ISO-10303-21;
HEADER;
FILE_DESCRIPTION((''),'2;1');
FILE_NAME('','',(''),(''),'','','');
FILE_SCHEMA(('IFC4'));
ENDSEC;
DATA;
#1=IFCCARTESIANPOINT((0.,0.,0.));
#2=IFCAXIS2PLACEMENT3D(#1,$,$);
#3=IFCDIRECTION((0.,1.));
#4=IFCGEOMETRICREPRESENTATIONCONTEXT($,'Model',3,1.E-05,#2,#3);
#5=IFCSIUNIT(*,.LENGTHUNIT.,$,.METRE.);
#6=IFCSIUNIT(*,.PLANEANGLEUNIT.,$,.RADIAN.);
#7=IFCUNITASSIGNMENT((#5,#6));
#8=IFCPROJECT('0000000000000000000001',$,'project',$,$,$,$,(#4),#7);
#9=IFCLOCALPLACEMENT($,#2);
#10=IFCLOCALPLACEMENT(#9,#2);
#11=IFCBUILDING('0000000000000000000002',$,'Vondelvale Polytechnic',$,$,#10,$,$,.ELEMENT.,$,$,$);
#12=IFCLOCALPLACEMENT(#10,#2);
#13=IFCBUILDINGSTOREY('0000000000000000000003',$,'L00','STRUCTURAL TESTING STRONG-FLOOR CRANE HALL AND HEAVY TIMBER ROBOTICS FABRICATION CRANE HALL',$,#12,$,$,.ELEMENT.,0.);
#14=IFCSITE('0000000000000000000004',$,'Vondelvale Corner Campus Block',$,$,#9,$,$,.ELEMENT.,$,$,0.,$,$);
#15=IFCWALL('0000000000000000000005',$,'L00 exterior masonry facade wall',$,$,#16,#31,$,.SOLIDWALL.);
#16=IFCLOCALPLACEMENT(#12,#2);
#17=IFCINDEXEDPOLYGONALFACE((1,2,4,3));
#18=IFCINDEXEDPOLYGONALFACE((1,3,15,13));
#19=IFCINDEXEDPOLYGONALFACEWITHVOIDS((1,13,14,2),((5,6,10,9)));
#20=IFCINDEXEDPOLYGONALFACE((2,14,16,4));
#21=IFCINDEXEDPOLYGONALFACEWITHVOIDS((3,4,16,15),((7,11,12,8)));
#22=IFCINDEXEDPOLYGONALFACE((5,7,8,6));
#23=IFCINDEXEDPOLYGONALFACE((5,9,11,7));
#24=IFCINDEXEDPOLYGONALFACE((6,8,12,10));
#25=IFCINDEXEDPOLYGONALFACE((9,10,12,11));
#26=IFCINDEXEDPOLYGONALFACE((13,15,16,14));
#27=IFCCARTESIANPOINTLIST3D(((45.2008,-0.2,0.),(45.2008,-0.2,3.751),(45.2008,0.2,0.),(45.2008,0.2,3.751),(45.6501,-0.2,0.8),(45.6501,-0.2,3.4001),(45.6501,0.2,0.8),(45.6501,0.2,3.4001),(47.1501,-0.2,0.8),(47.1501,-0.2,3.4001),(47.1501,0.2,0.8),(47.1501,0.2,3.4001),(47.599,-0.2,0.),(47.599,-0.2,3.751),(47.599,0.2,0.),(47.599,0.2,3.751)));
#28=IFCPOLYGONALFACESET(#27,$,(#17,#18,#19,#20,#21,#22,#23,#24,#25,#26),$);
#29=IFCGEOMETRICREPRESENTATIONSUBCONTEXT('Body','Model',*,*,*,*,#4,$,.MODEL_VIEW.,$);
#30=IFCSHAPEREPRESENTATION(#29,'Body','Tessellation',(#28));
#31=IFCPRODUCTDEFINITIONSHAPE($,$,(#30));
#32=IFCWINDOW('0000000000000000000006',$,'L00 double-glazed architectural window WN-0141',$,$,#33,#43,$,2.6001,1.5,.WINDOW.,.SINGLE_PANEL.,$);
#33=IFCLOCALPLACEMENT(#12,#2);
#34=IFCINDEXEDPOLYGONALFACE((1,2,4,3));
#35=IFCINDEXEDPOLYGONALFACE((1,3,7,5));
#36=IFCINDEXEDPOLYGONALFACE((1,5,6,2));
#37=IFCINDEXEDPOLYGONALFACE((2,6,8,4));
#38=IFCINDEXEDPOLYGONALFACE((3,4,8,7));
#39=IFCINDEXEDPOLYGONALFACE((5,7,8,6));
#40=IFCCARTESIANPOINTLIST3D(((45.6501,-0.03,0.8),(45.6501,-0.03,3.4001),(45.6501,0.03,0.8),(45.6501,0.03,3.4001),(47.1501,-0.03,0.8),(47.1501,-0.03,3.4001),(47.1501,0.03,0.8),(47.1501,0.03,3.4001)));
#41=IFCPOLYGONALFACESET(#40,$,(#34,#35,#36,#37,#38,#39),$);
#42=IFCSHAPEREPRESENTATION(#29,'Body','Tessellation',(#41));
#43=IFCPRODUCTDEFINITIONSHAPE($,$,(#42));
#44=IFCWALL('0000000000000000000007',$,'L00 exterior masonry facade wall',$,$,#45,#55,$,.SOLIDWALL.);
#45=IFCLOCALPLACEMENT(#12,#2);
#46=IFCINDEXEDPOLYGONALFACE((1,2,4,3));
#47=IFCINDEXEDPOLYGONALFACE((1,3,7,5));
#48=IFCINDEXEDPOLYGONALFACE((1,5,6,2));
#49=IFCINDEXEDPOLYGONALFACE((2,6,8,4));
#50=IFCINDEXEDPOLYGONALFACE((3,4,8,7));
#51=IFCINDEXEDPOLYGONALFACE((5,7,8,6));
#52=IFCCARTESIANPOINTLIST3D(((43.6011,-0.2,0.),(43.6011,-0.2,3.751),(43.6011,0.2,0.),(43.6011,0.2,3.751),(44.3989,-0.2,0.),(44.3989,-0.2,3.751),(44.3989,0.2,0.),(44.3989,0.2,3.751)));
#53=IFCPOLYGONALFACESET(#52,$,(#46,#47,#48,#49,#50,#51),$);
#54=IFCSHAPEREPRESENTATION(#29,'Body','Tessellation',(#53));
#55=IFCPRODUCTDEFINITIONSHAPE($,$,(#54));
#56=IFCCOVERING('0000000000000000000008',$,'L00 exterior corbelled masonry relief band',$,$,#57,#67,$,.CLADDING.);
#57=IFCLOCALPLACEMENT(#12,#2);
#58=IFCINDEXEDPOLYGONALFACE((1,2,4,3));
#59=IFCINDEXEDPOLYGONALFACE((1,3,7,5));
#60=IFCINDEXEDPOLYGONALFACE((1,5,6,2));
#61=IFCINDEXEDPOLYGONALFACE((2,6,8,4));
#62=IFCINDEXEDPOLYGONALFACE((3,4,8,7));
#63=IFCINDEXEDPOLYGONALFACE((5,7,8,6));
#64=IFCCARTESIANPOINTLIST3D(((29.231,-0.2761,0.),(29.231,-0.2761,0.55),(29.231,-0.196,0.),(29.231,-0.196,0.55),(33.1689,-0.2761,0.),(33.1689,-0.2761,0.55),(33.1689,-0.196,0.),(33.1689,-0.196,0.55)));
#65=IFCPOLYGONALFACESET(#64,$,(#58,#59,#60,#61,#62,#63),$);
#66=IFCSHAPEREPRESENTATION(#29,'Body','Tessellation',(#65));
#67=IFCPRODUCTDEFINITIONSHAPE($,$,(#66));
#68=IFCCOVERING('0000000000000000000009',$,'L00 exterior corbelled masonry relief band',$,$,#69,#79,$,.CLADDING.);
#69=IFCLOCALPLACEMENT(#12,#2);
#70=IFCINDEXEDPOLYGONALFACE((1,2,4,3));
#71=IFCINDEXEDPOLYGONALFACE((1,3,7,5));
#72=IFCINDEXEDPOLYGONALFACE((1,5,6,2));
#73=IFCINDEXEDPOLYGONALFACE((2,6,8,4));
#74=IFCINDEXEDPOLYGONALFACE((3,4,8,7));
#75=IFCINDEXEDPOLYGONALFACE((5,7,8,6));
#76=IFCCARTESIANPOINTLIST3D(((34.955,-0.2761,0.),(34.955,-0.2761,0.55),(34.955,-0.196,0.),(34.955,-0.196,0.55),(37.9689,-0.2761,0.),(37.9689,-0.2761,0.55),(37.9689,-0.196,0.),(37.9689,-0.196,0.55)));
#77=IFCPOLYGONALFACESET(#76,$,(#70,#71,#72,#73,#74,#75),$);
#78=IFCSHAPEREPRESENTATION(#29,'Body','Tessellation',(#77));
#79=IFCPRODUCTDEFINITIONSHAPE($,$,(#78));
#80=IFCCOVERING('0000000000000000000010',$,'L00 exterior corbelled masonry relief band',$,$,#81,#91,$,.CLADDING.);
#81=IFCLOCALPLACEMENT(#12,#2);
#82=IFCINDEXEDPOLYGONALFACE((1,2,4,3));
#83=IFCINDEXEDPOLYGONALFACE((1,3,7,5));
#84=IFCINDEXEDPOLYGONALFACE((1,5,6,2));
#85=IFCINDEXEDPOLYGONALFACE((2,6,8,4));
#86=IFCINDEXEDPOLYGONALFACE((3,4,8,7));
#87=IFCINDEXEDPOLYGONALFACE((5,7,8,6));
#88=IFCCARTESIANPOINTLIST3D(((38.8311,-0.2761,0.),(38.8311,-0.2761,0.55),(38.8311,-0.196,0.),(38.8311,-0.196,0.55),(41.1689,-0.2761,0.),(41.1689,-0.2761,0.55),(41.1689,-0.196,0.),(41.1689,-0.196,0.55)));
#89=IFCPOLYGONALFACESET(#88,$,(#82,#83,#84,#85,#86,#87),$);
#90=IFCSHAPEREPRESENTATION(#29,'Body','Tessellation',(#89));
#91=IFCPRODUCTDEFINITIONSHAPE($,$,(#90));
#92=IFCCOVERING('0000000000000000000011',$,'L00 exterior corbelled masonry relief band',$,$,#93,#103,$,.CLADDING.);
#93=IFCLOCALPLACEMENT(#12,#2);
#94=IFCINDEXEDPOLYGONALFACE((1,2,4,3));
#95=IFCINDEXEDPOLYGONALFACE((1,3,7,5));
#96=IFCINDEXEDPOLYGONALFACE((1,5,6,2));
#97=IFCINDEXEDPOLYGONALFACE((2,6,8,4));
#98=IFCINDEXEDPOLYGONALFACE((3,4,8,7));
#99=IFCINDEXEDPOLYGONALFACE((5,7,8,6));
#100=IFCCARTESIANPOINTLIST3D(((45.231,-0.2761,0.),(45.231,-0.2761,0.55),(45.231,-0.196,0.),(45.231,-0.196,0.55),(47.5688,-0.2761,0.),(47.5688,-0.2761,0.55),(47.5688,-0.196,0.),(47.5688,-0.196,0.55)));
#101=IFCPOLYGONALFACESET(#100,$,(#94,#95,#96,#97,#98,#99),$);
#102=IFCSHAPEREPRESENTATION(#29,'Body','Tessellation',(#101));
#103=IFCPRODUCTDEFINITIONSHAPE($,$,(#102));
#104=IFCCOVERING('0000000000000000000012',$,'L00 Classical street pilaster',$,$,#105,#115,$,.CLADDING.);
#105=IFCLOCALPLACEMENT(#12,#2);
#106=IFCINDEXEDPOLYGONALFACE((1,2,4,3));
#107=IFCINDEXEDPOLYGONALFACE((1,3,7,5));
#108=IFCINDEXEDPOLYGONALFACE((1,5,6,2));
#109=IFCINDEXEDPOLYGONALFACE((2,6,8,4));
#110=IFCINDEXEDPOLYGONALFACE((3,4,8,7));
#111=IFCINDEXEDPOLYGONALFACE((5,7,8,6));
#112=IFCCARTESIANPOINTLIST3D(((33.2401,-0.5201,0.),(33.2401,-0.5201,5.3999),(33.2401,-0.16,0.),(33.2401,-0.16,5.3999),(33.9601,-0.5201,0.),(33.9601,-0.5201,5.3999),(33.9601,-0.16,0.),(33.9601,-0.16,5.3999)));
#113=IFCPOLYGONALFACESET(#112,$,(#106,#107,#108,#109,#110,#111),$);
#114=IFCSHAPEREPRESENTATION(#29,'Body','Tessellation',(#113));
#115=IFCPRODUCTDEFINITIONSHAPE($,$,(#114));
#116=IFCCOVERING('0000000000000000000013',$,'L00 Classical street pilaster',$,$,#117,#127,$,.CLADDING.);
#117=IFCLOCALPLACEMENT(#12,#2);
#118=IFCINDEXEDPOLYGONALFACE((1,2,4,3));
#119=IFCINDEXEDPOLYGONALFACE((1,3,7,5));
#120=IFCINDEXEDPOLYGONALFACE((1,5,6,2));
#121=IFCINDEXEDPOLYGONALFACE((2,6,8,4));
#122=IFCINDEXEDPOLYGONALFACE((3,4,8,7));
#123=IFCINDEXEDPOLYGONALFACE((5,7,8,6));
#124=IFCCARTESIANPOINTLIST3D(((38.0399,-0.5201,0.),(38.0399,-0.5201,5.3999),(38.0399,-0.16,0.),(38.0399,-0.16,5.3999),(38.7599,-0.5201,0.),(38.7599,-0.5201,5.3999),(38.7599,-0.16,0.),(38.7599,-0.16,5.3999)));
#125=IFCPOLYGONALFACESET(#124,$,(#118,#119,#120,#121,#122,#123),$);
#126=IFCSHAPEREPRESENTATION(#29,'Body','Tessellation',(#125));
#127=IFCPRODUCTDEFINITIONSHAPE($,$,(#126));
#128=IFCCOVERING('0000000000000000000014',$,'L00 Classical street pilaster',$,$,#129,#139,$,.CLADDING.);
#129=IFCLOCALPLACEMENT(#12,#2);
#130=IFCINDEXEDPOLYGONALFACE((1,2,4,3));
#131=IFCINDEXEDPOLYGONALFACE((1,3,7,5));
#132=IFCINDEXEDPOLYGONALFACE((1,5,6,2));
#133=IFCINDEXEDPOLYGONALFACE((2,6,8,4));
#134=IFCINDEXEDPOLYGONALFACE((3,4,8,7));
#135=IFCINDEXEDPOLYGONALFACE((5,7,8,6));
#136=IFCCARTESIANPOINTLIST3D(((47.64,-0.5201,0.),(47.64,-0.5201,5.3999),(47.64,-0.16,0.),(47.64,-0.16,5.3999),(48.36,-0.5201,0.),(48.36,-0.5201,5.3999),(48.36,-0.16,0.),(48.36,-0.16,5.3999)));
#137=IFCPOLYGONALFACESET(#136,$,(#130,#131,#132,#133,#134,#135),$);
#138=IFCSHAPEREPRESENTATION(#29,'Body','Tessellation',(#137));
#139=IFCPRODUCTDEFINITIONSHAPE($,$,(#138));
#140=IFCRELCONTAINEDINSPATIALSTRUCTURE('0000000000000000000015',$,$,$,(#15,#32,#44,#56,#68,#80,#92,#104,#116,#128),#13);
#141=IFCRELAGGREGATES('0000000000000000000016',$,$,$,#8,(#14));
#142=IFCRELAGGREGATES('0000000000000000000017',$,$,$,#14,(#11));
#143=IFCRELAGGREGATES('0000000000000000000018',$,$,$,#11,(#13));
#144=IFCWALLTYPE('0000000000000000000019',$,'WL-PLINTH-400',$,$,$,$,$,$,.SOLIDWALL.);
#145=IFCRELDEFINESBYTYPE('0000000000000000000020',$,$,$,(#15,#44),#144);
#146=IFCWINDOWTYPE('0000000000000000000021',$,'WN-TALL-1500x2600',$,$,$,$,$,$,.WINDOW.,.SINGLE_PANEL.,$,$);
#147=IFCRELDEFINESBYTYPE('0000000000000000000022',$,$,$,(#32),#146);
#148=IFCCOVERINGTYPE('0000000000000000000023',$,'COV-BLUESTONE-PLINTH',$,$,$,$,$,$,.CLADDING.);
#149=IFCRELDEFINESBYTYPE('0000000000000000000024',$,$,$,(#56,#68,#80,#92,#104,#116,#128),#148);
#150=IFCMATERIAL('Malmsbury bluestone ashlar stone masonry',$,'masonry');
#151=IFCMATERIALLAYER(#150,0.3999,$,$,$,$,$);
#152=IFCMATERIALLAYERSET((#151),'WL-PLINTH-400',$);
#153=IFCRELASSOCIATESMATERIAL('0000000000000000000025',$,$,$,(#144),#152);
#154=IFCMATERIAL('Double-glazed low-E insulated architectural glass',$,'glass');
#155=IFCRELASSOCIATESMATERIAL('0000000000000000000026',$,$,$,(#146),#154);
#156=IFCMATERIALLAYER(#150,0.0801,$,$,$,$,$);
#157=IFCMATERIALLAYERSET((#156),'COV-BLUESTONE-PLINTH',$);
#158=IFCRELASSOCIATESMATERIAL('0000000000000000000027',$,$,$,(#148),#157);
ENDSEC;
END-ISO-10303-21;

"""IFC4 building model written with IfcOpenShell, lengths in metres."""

from ifc_helpers import new_model, si_unit, direction, frame, frame_2d, origin, origin_2d, place, context, subcontext, project, spatial, rectangle, extrude, material, layer, layer_set, type_object, element, fill, save


model = new_model("IFC4")

# Units and contexts
model_context = context("Model", 3, precision=1e-05, world=origin(), true_north=direction((0.0, 1.0)))
body_context = subcontext(model_context, "Body", "Model", "MODEL_VIEW")
ifc_project = project(units=[si_unit("LENGTHUNIT", "METRE"), si_unit("PLANEANGLEUNIT", "RADIAN")], contexts=[model_context])

# Site, building, storey
site_placement = place(None, origin())
site = spatial("IfcSite", under=ifc_project, at=site_placement, Name="Vondelvale Corner Campus Block", CompositionType="ELEMENT", RefElevation=0.0)
building_placement = place(site_placement, origin())
building = spatial("IfcBuilding", under=site, at=building_placement, Name="Vondelvale Polytechnic", CompositionType="ELEMENT")
storey_placement = place(building_placement, origin())
storey = spatial("IfcBuildingStorey", under=building, at=storey_placement, Name="L00", Description="STRUCTURAL TESTING STRONG-FLOOR CRANE HALL AND HEAVY TIMBER ROBOTICS FABRICATION CRANE HALL", CompositionType="ELEMENT", Elevation=0.0)

# Shared definitions
ifc_material_1 = material(Name="Malmsbury bluestone ashlar stone masonry", Category="masonry")
ifc_layer_1 = layer(ifc_material_1, 0.3999)
ifc_layer_set_1 = layer_set([ifc_layer_1], Name="WL-PLINTH-400")
wall_type_1 = type_object("IfcWallType", Name="WL-PLINTH-400", PredefinedType="SOLIDWALL", material=ifc_layer_set_1)
ifc_material_2 = material(Name="Double-glazed low-E insulated architectural glass", Category="glass")
window_type = type_object("IfcWindowType", Name="WN-TALL-1500x2600", PartitioningType="SINGLE_PANEL", PredefinedType="WINDOW", material=ifc_material_2)

# Wall, opening, window
wall_1_placement = place(storey_placement, frame((47.5991, 0.0, 0.0), z_axis=(0.0, 0.0, 1.0), x_axis=(-1.0, 0.0, 0.0)))
wall_1 = element("IfcWall", 1, at=wall_1_placement, inside=storey, type_object=wall_type_1, Name="L00 exterior masonry facade wall", PredefinedType="SOLIDWALL", context=body_context, shape_type="SweptSolid", body=[
    extrude(rectangle(XDim=2.3982, YDim=0.3999, at=frame_2d((1.1992, 0.0))), origin(), (0.0, 0.0, 1.0), 3.751),
])
opening_1_placement = place(wall_1_placement, frame((0.449, 0.0, 0.8)))
opening_1 = element("IfcOpeningElement", 2, at=opening_1_placement, cuts=wall_1, PredefinedType="OPENING", context=body_context, shape_type="SweptSolid", body=[
    extrude(rectangle(XDim=1.5, YDim=2.6001, at=frame_2d((0.75, 1.3))), frame((0.0, 0.21, 0.0), z_axis=(0.0, -1.0, 0.0), x_axis=(1.0, 0.0, 0.0)), (0.0, 0.0, 1.0), 0.4199),
])
window_1_placement = place(opening_1_placement, origin())
window_1 = element("IfcWindow", 3, at=window_1_placement, inside=storey, type_object=window_type, Name="L00 double-glazed architectural window WN-0141", OverallHeight=2.6001, OverallWidth=1.5, PartitioningType="SINGLE_PANEL", PredefinedType="WINDOW", context=body_context, shape_type="SweptSolid", body=[
    extrude(rectangle(XDim=1.5, YDim=2.6001, at=frame_2d((0.75, 1.3))), frame((0.0, 0.03, 0.0), z_axis=(0.0, -1.0, 0.0), x_axis=(1.0, 0.0, 0.0)), (0.0, 0.0, 1.0), 0.0601),
])
fill(opening_1, window_1)

# Wall
wall_2_placement = place(storey_placement, frame((44.3989, 0.0, 0.0), z_axis=(0.0, 0.0, 1.0), x_axis=(-1.0, 0.0, 0.0)))
element("IfcWall", 4, at=wall_2_placement, inside=storey, type_object=wall_type_1, Name="L00 exterior masonry facade wall", PredefinedType="SOLIDWALL", context=body_context, shape_type="SweptSolid", body=[
    extrude(rectangle(XDim=0.7979, YDim=0.3999, at=frame_2d((0.3989, 0.0))), origin(), (0.0, 0.0, 1.0), 3.751),
])

# Coverings
ifc_layer_2 = layer(ifc_material_1, 0.0801)
ifc_layer_set_2 = layer_set([ifc_layer_2], Name="COV-BLUESTONE-PLINTH")
covering_type = type_object("IfcCoveringType", Name="COV-BLUESTONE-PLINTH", PredefinedType="CLADDING", material=ifc_layer_set_2)
covering_1_placement = place(storey_placement, frame((31.2, -0.2361, 0.0), z_axis=(0.0, 0.0, 1.0), x_axis=(-1.0, 0.0, 0.0)))
element("IfcCovering", 5, at=covering_1_placement, inside=storey, type_object=covering_type, Name="L00 exterior corbelled masonry relief band", PredefinedType="CLADDING", context=body_context, shape_type="SweptSolid", body=[
    extrude(rectangle(XDim=3.938, YDim=0.0801, at=origin_2d()), origin(), (0.0, 0.0, 1.0), 0.55),
])
covering_2_placement = place(storey_placement, frame((36.4619, -0.2361, 0.0), z_axis=(0.0, 0.0, 1.0), x_axis=(-1.0, 0.0, 0.0)))
element("IfcCovering", 6, at=covering_2_placement, inside=storey, type_object=covering_type, Name="L00 exterior corbelled masonry relief band", PredefinedType="CLADDING", context=body_context, shape_type="SweptSolid", body=[
    extrude(rectangle(XDim=3.0139, YDim=0.0801, at=origin_2d()), origin(), (0.0, 0.0, 1.0), 0.55),
])
for number, where, z_axis, x_axis, name in (
    (7, (40.0, -0.2361, 0.0), (0.0, 0.0, 1.0), (-1.0, 0.0, 0.0), "L00 exterior corbelled masonry relief band"),
    (8, (46.3999, -0.2361, 0.0), (0.0, 0.0, 1.0), (-1.0, 0.0, 0.0), "L00 exterior corbelled masonry relief band"),
):
    element("IfcCovering", number, at=place(storey_placement, frame(where, z_axis=z_axis, x_axis=x_axis)), inside=storey, type_object=covering_type, Name=name, PredefinedType="CLADDING", context=body_context, shape_type="SweptSolid", body=[
        extrude(rectangle(XDim=2.3379, YDim=0.0801, at=origin_2d()), origin(), (0.0, 0.0, 1.0), 0.55),
    ])
for number, where, z_axis, x_axis, name in (
    (9, (33.6001, -0.3401, 0.0), (0.0, 0.0, 1.0), (1.0, 0.0, 0.0), "L00 Classical street pilaster"),
    (10, (38.3999, -0.3401, 0.0), (0.0, 0.0, 1.0), (1.0, 0.0, 0.0), "L00 Classical street pilaster"),
    (11, (48.0, -0.3401, 0.0), (0.0, 0.0, 1.0), (1.0, 0.0, 0.0), "L00 Classical street pilaster"),
):
    element("IfcCovering", number, at=place(storey_placement, frame(where, z_axis=z_axis, x_axis=x_axis)), inside=storey, type_object=covering_type, Name=name, PredefinedType="CLADDING", context=body_context, shape_type="SweptSolid", body=[
        extrude(rectangle(XDim=0.72, YDim=0.3601, at=origin_2d()), origin(), (0.0, 0.0, 1.0), 5.3999),
    ])

save(model, "model.ifc")
